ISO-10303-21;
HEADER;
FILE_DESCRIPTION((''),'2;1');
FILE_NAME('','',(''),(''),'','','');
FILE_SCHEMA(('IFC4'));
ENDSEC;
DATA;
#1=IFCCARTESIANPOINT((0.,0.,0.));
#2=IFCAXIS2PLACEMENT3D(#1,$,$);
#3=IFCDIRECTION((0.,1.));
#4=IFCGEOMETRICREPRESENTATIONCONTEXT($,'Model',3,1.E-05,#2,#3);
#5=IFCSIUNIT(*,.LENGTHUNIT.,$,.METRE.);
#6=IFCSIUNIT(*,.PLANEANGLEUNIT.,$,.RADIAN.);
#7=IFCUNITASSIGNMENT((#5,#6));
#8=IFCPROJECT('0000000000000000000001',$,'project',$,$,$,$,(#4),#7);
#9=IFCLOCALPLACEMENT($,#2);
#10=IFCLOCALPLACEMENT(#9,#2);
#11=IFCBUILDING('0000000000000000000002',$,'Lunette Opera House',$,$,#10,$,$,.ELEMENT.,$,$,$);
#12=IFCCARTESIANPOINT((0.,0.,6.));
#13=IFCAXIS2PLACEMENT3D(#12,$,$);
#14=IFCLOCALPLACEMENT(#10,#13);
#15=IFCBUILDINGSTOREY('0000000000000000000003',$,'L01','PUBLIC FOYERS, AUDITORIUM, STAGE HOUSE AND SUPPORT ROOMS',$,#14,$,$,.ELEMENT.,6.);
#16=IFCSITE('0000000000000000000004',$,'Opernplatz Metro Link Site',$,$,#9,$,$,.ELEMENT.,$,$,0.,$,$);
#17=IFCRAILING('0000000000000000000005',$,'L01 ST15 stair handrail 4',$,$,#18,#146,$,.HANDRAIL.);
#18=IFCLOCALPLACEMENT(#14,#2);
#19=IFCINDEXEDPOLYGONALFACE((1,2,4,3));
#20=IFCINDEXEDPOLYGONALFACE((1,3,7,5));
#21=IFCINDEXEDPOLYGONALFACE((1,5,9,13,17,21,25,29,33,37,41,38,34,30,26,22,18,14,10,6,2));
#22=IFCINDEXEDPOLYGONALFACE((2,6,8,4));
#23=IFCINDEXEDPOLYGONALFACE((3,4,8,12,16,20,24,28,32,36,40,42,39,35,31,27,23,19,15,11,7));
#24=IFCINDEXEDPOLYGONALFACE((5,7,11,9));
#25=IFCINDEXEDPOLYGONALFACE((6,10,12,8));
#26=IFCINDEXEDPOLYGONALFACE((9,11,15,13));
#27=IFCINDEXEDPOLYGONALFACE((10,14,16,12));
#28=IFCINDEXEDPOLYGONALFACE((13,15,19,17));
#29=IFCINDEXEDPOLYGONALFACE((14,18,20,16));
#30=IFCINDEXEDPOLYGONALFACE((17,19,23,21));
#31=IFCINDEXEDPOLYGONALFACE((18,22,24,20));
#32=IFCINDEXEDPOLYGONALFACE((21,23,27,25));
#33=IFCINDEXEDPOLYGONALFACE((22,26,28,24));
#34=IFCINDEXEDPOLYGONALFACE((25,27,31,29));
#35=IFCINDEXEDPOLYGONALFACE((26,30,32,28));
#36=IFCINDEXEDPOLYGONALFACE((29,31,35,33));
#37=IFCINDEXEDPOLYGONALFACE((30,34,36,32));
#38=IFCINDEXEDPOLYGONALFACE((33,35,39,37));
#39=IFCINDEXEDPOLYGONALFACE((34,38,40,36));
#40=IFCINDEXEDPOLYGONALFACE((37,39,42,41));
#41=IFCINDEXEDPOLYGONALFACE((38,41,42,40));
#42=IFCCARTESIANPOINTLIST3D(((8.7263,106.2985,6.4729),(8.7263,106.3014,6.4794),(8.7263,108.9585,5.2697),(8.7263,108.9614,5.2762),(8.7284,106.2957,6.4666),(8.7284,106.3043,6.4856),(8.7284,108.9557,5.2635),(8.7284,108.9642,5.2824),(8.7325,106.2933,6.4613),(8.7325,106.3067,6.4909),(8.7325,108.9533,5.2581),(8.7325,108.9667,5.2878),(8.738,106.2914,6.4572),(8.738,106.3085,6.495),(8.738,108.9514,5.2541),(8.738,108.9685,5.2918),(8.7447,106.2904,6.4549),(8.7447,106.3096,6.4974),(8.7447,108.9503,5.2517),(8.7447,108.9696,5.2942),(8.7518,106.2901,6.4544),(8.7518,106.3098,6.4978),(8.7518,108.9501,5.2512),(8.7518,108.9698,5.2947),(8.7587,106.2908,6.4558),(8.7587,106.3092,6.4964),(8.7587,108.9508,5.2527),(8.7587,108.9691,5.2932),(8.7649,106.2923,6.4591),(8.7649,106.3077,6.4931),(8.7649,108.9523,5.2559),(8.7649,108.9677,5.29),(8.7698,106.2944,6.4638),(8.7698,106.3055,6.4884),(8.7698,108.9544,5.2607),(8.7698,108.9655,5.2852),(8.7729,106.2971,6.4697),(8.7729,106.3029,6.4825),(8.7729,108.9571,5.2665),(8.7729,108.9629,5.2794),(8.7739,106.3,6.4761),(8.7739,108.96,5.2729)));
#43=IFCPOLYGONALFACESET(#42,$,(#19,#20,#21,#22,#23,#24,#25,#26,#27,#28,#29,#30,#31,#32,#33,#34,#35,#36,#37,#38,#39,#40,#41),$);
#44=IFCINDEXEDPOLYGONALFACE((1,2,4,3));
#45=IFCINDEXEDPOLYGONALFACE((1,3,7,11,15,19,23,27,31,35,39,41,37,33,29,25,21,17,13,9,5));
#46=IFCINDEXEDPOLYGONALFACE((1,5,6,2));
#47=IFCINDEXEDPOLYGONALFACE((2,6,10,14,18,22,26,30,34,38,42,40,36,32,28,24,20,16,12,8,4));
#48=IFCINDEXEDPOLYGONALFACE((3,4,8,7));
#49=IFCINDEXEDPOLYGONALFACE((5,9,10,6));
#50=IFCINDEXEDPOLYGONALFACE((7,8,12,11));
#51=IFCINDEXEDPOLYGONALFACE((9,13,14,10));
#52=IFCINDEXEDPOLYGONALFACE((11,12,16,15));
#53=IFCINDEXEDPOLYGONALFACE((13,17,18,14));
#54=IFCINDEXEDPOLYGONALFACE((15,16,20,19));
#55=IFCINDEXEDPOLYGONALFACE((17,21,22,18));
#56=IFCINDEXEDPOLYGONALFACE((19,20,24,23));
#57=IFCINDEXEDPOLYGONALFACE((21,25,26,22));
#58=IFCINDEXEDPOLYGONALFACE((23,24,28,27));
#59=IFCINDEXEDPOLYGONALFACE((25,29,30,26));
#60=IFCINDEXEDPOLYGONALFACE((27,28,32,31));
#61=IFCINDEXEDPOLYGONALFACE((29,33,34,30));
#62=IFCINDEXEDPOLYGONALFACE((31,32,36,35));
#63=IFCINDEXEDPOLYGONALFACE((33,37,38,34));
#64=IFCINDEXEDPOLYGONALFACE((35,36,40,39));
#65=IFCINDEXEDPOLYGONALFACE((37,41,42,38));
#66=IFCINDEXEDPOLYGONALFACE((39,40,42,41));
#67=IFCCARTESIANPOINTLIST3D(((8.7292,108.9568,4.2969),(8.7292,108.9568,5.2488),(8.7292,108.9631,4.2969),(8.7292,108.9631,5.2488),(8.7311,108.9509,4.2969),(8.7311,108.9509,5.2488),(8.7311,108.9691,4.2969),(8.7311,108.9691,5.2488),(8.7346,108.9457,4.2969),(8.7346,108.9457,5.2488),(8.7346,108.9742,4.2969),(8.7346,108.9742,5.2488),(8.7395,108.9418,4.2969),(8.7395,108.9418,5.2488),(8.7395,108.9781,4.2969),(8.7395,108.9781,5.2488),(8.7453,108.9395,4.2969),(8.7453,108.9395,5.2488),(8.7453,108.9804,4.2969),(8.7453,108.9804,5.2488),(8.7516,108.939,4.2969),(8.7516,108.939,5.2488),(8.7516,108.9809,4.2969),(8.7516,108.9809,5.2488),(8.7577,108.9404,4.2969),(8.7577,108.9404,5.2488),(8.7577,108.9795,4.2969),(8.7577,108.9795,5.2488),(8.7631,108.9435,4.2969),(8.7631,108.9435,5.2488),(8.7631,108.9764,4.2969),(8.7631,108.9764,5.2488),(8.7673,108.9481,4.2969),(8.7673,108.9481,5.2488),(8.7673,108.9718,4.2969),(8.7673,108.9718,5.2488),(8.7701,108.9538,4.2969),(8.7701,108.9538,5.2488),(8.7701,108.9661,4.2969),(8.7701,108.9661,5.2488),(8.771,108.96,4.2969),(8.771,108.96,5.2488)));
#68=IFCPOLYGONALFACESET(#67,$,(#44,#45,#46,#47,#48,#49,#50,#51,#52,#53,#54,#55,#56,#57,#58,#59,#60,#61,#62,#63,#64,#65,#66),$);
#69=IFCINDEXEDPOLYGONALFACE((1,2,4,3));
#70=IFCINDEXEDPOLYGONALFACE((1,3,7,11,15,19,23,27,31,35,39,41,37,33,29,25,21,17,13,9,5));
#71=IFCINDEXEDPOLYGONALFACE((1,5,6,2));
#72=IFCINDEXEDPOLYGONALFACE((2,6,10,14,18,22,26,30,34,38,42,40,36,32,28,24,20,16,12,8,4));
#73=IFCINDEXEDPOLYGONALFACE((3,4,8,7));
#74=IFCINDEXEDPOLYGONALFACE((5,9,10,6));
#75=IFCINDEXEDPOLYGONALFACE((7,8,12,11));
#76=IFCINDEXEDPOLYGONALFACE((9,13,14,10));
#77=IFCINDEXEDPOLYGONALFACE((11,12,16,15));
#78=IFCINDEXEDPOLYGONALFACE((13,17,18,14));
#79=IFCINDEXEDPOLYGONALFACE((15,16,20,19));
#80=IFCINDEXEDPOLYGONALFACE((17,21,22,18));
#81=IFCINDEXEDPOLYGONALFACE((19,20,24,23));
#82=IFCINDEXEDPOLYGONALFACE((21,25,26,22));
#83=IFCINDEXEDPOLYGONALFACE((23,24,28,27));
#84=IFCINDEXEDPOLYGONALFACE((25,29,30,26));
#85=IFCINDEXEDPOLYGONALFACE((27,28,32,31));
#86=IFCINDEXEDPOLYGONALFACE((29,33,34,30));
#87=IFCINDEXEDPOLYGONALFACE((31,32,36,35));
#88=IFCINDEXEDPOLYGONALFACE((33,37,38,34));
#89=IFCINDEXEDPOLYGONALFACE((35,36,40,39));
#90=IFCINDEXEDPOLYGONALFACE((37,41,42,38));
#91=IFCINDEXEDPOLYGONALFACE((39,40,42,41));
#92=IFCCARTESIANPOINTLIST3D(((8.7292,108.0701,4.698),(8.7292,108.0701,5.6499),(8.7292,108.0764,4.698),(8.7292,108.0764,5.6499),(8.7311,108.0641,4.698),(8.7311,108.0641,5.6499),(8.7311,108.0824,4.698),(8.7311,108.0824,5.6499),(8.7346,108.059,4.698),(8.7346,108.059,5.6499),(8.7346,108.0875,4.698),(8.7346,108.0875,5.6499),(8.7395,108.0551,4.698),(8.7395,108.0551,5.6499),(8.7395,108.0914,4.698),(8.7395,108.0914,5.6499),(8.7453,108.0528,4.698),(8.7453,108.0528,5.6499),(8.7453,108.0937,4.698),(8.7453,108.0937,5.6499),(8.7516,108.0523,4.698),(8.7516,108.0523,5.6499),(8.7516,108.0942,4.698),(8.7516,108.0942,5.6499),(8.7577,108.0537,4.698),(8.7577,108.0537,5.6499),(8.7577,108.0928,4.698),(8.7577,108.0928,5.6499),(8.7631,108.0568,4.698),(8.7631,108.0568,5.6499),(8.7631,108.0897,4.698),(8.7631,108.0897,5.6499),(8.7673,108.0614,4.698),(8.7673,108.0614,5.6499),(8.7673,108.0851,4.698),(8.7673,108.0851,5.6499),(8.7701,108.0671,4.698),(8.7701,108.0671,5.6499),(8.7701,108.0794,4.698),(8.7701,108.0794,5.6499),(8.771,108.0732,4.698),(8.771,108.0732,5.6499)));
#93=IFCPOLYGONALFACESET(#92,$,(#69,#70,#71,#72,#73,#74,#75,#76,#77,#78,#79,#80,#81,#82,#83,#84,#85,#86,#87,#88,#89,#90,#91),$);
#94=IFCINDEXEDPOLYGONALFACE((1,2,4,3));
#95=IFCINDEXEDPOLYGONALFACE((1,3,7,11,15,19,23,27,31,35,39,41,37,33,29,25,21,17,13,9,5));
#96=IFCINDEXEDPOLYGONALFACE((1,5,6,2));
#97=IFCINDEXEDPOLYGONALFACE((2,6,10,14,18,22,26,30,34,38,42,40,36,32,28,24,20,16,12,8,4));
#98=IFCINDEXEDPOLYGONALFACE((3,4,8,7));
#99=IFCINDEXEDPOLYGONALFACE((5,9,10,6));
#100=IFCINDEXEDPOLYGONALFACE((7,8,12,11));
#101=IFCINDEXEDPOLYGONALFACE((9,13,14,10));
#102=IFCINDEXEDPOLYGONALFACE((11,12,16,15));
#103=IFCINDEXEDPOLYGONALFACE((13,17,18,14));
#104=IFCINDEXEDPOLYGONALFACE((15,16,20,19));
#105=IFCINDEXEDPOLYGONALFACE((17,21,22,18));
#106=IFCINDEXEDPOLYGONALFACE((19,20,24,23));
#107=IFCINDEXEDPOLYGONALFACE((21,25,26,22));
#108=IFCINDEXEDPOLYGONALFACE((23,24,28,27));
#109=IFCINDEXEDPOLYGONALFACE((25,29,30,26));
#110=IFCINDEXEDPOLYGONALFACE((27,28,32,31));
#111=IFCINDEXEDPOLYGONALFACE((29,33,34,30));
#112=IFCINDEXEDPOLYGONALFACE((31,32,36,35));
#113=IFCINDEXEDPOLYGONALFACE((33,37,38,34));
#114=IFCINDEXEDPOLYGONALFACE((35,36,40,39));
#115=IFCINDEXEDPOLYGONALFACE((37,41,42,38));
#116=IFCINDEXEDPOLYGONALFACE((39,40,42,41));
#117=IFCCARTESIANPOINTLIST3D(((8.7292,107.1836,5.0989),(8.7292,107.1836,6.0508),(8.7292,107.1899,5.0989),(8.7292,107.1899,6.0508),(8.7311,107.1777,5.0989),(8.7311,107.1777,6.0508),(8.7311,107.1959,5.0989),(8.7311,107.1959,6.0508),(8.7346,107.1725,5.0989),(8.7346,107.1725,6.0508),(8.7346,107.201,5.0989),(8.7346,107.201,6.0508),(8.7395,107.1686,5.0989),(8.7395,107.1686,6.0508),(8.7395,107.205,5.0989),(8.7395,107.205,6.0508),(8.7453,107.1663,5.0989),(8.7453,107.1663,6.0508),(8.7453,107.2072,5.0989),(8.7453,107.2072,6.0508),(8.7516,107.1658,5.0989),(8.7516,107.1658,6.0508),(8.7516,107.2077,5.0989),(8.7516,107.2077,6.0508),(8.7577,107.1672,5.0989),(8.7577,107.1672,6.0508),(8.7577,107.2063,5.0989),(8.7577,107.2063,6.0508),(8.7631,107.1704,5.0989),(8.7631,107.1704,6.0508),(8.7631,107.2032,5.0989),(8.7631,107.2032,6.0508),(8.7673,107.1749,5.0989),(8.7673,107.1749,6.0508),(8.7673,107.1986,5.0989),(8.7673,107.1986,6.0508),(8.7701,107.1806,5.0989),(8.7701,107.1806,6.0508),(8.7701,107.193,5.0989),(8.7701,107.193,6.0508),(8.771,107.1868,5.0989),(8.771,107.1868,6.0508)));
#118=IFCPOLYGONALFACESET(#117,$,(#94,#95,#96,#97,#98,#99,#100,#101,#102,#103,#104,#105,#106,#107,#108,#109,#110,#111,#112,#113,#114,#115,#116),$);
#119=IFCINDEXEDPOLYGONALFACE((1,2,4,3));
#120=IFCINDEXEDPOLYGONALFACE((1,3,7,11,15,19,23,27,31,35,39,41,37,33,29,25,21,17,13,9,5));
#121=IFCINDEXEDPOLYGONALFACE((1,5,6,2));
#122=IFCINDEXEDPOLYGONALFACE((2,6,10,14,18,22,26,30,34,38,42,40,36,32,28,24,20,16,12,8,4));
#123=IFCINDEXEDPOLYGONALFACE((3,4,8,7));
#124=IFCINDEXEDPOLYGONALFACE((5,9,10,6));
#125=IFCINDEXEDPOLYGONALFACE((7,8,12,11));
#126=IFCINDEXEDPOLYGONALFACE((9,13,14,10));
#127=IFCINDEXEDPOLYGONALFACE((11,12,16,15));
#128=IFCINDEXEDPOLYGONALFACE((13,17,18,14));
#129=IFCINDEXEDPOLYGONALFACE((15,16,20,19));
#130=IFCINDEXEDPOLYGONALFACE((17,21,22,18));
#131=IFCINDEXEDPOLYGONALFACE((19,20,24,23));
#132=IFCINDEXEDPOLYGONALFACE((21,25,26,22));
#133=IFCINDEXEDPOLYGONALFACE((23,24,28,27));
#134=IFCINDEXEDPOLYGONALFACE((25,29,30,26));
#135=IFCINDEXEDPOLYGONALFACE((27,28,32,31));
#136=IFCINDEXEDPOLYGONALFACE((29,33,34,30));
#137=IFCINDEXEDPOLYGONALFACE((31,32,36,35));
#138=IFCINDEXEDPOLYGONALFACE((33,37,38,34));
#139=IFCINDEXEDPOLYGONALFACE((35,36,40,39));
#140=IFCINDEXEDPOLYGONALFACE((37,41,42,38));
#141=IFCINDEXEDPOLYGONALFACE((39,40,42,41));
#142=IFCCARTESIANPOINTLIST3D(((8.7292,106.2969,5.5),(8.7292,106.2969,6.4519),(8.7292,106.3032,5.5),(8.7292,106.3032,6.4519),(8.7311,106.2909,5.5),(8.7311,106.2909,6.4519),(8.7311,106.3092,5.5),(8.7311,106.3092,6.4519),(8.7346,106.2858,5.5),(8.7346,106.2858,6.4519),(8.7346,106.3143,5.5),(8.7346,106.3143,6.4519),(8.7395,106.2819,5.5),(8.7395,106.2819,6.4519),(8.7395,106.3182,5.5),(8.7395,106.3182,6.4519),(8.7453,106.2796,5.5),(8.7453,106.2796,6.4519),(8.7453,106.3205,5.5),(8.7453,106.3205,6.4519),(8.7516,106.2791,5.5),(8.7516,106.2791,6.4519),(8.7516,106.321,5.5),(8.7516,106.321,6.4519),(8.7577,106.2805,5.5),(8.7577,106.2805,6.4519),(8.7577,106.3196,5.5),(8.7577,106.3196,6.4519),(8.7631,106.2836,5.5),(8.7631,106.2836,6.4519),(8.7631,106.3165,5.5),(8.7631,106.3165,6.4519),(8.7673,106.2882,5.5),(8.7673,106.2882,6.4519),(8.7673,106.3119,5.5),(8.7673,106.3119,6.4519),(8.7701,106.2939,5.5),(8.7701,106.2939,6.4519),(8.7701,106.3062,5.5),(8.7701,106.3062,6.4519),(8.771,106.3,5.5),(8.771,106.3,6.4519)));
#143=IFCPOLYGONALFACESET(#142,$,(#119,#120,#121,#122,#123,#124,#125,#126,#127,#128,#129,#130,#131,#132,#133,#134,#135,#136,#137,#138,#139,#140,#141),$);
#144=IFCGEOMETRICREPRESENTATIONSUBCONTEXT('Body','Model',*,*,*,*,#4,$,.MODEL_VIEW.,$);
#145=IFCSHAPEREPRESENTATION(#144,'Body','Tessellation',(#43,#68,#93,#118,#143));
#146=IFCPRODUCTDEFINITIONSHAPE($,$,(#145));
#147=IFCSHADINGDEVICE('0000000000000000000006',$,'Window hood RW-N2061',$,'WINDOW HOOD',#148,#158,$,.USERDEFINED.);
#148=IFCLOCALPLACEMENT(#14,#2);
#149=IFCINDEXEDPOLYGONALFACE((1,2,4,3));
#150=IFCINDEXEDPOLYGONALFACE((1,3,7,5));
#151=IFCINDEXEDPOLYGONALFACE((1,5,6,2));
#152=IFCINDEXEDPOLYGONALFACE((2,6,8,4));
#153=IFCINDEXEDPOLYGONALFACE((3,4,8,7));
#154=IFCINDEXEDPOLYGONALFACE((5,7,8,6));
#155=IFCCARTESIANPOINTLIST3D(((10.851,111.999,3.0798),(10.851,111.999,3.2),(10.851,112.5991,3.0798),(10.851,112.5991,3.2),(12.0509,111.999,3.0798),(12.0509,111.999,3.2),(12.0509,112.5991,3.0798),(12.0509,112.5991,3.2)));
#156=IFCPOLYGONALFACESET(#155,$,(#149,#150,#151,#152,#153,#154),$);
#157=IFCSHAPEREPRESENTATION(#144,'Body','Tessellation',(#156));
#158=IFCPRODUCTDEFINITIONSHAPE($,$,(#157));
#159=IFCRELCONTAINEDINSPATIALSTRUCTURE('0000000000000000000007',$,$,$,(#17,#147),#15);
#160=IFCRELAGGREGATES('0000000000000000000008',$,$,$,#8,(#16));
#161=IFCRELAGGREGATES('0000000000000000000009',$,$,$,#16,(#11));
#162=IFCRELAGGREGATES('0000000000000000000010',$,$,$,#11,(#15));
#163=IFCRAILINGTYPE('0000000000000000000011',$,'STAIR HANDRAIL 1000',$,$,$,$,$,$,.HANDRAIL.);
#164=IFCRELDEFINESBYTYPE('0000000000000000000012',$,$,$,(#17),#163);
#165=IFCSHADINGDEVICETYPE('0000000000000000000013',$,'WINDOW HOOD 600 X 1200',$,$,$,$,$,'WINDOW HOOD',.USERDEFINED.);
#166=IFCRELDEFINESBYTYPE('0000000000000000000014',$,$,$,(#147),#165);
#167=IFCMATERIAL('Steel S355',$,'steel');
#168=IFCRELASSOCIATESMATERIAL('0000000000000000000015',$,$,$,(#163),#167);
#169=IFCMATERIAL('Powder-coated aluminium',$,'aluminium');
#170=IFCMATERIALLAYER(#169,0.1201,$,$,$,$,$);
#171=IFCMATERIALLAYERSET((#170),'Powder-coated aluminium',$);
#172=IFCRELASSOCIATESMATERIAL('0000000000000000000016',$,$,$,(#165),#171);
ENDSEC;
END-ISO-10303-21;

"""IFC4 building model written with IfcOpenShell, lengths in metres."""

from ifc_helpers import new_model, si_unit, direction, frame, origin, origin_2d, place, context, subcontext, project, spatial, rectangle, circle, extrude, material, layer, layer_set, type_object, element, save


model = new_model("IFC4")

# Units and contexts
model_context = context("Model", 3, precision=1e-05, world=origin(), true_north=direction((0.0, 1.0)))
body_context = subcontext(model_context, "Body", "Model", "MODEL_VIEW")
ifc_project = project(units=[si_unit("LENGTHUNIT", "METRE"), si_unit("PLANEANGLEUNIT", "RADIAN")], contexts=[model_context])

# Site, building, storey
site_placement = place(None, origin())
site = spatial("IfcSite", under=ifc_project, at=site_placement, Name="Opernplatz Metro Link Site", CompositionType="ELEMENT", RefElevation=0.0)
building_placement = place(site_placement, origin())
building = spatial("IfcBuilding", under=site, at=building_placement, Name="Lunette Opera House", CompositionType="ELEMENT")
storey_placement = place(building_placement, frame((0.0, 0.0, 6.0)))
storey = spatial("IfcBuildingStorey", under=building, at=storey_placement, Name="L01", Description="PUBLIC FOYERS, AUDITORIUM, STAGE HOUSE AND SUPPORT ROOMS", CompositionType="ELEMENT", Elevation=6.0)

# Railing
ifc_material_1 = material(Name="Steel S355", Category="steel")
railing_type_1 = type_object("IfcRailingType", Name="STAIR HANDRAIL 1000", PredefinedType="HANDRAIL", material=ifc_material_1)
railing_1_placement = place(storey_placement, frame((8.75, 108.96, 4.2969)))
element("IfcRailing", 1, at=railing_1_placement, inside=storey, type_object=railing_type_1, Name="L01 ST15 stair handrail 4", PredefinedType="HANDRAIL", context=body_context, shape_type="SweptSolid", body=[
    extrude(circle(Radius=0.0239, at=origin_2d()), frame((0.0, 0.0, 0.9761), z_axis=(0.0, -0.91113, 0.41212), x_axis=(1.0, 0.0, 0.0)), (0.0, 0.0, 1.0), 2.9194),
    extrude(circle(Radius=0.021, at=origin_2d()), origin(), (0.0, 0.0, 1.0), 0.9519),
    extrude(circle(Radius=0.021, at=origin_2d()), frame((0.0, -0.8867, 0.4011)), (0.0, 0.0, 1.0), 0.9519),
    extrude(circle(Radius=0.021, at=origin_2d()), frame((0.0, -1.7732, 0.802)), (0.0, 0.0, 1.0), 0.9519),
    extrude(circle(Radius=0.021, at=origin_2d()), frame((0.0, -2.6599, 1.2031)), (0.0, 0.0, 1.0), 0.9519),
])

# Shading device
ifc_material_2 = material(Name="Powder-coated aluminium", Category="aluminium")
ifc_layer_1 = layer(ifc_material_2, 0.1201)
ifc_layer_set_1 = layer_set([ifc_layer_1], Name="Powder-coated aluminium")
shading_device_type = type_object("IfcShadingDeviceType", Name="WINDOW HOOD 600 X 1200", ElementType="WINDOW HOOD", PredefinedType="USERDEFINED", material=ifc_layer_set_1)
shading_device_placement = place(storey_placement, frame((11.4509, 112.2991, 3.0798), z_axis=(0.0, 0.0, 1.0), x_axis=(0.0, 1.0, 0.0)))
element("IfcShadingDevice", 2, at=shading_device_placement, inside=storey, type_object=shading_device_type, Name="Window hood RW-N2061", ObjectType="WINDOW HOOD", PredefinedType="USERDEFINED", context=body_context, shape_type="SweptSolid", body=[
    extrude(rectangle(XDim=0.6001, YDim=1.2, at=origin_2d()), origin(), (0.0, 0.0, 1.0), 0.1201),
])

save(model, "model.ifc")
